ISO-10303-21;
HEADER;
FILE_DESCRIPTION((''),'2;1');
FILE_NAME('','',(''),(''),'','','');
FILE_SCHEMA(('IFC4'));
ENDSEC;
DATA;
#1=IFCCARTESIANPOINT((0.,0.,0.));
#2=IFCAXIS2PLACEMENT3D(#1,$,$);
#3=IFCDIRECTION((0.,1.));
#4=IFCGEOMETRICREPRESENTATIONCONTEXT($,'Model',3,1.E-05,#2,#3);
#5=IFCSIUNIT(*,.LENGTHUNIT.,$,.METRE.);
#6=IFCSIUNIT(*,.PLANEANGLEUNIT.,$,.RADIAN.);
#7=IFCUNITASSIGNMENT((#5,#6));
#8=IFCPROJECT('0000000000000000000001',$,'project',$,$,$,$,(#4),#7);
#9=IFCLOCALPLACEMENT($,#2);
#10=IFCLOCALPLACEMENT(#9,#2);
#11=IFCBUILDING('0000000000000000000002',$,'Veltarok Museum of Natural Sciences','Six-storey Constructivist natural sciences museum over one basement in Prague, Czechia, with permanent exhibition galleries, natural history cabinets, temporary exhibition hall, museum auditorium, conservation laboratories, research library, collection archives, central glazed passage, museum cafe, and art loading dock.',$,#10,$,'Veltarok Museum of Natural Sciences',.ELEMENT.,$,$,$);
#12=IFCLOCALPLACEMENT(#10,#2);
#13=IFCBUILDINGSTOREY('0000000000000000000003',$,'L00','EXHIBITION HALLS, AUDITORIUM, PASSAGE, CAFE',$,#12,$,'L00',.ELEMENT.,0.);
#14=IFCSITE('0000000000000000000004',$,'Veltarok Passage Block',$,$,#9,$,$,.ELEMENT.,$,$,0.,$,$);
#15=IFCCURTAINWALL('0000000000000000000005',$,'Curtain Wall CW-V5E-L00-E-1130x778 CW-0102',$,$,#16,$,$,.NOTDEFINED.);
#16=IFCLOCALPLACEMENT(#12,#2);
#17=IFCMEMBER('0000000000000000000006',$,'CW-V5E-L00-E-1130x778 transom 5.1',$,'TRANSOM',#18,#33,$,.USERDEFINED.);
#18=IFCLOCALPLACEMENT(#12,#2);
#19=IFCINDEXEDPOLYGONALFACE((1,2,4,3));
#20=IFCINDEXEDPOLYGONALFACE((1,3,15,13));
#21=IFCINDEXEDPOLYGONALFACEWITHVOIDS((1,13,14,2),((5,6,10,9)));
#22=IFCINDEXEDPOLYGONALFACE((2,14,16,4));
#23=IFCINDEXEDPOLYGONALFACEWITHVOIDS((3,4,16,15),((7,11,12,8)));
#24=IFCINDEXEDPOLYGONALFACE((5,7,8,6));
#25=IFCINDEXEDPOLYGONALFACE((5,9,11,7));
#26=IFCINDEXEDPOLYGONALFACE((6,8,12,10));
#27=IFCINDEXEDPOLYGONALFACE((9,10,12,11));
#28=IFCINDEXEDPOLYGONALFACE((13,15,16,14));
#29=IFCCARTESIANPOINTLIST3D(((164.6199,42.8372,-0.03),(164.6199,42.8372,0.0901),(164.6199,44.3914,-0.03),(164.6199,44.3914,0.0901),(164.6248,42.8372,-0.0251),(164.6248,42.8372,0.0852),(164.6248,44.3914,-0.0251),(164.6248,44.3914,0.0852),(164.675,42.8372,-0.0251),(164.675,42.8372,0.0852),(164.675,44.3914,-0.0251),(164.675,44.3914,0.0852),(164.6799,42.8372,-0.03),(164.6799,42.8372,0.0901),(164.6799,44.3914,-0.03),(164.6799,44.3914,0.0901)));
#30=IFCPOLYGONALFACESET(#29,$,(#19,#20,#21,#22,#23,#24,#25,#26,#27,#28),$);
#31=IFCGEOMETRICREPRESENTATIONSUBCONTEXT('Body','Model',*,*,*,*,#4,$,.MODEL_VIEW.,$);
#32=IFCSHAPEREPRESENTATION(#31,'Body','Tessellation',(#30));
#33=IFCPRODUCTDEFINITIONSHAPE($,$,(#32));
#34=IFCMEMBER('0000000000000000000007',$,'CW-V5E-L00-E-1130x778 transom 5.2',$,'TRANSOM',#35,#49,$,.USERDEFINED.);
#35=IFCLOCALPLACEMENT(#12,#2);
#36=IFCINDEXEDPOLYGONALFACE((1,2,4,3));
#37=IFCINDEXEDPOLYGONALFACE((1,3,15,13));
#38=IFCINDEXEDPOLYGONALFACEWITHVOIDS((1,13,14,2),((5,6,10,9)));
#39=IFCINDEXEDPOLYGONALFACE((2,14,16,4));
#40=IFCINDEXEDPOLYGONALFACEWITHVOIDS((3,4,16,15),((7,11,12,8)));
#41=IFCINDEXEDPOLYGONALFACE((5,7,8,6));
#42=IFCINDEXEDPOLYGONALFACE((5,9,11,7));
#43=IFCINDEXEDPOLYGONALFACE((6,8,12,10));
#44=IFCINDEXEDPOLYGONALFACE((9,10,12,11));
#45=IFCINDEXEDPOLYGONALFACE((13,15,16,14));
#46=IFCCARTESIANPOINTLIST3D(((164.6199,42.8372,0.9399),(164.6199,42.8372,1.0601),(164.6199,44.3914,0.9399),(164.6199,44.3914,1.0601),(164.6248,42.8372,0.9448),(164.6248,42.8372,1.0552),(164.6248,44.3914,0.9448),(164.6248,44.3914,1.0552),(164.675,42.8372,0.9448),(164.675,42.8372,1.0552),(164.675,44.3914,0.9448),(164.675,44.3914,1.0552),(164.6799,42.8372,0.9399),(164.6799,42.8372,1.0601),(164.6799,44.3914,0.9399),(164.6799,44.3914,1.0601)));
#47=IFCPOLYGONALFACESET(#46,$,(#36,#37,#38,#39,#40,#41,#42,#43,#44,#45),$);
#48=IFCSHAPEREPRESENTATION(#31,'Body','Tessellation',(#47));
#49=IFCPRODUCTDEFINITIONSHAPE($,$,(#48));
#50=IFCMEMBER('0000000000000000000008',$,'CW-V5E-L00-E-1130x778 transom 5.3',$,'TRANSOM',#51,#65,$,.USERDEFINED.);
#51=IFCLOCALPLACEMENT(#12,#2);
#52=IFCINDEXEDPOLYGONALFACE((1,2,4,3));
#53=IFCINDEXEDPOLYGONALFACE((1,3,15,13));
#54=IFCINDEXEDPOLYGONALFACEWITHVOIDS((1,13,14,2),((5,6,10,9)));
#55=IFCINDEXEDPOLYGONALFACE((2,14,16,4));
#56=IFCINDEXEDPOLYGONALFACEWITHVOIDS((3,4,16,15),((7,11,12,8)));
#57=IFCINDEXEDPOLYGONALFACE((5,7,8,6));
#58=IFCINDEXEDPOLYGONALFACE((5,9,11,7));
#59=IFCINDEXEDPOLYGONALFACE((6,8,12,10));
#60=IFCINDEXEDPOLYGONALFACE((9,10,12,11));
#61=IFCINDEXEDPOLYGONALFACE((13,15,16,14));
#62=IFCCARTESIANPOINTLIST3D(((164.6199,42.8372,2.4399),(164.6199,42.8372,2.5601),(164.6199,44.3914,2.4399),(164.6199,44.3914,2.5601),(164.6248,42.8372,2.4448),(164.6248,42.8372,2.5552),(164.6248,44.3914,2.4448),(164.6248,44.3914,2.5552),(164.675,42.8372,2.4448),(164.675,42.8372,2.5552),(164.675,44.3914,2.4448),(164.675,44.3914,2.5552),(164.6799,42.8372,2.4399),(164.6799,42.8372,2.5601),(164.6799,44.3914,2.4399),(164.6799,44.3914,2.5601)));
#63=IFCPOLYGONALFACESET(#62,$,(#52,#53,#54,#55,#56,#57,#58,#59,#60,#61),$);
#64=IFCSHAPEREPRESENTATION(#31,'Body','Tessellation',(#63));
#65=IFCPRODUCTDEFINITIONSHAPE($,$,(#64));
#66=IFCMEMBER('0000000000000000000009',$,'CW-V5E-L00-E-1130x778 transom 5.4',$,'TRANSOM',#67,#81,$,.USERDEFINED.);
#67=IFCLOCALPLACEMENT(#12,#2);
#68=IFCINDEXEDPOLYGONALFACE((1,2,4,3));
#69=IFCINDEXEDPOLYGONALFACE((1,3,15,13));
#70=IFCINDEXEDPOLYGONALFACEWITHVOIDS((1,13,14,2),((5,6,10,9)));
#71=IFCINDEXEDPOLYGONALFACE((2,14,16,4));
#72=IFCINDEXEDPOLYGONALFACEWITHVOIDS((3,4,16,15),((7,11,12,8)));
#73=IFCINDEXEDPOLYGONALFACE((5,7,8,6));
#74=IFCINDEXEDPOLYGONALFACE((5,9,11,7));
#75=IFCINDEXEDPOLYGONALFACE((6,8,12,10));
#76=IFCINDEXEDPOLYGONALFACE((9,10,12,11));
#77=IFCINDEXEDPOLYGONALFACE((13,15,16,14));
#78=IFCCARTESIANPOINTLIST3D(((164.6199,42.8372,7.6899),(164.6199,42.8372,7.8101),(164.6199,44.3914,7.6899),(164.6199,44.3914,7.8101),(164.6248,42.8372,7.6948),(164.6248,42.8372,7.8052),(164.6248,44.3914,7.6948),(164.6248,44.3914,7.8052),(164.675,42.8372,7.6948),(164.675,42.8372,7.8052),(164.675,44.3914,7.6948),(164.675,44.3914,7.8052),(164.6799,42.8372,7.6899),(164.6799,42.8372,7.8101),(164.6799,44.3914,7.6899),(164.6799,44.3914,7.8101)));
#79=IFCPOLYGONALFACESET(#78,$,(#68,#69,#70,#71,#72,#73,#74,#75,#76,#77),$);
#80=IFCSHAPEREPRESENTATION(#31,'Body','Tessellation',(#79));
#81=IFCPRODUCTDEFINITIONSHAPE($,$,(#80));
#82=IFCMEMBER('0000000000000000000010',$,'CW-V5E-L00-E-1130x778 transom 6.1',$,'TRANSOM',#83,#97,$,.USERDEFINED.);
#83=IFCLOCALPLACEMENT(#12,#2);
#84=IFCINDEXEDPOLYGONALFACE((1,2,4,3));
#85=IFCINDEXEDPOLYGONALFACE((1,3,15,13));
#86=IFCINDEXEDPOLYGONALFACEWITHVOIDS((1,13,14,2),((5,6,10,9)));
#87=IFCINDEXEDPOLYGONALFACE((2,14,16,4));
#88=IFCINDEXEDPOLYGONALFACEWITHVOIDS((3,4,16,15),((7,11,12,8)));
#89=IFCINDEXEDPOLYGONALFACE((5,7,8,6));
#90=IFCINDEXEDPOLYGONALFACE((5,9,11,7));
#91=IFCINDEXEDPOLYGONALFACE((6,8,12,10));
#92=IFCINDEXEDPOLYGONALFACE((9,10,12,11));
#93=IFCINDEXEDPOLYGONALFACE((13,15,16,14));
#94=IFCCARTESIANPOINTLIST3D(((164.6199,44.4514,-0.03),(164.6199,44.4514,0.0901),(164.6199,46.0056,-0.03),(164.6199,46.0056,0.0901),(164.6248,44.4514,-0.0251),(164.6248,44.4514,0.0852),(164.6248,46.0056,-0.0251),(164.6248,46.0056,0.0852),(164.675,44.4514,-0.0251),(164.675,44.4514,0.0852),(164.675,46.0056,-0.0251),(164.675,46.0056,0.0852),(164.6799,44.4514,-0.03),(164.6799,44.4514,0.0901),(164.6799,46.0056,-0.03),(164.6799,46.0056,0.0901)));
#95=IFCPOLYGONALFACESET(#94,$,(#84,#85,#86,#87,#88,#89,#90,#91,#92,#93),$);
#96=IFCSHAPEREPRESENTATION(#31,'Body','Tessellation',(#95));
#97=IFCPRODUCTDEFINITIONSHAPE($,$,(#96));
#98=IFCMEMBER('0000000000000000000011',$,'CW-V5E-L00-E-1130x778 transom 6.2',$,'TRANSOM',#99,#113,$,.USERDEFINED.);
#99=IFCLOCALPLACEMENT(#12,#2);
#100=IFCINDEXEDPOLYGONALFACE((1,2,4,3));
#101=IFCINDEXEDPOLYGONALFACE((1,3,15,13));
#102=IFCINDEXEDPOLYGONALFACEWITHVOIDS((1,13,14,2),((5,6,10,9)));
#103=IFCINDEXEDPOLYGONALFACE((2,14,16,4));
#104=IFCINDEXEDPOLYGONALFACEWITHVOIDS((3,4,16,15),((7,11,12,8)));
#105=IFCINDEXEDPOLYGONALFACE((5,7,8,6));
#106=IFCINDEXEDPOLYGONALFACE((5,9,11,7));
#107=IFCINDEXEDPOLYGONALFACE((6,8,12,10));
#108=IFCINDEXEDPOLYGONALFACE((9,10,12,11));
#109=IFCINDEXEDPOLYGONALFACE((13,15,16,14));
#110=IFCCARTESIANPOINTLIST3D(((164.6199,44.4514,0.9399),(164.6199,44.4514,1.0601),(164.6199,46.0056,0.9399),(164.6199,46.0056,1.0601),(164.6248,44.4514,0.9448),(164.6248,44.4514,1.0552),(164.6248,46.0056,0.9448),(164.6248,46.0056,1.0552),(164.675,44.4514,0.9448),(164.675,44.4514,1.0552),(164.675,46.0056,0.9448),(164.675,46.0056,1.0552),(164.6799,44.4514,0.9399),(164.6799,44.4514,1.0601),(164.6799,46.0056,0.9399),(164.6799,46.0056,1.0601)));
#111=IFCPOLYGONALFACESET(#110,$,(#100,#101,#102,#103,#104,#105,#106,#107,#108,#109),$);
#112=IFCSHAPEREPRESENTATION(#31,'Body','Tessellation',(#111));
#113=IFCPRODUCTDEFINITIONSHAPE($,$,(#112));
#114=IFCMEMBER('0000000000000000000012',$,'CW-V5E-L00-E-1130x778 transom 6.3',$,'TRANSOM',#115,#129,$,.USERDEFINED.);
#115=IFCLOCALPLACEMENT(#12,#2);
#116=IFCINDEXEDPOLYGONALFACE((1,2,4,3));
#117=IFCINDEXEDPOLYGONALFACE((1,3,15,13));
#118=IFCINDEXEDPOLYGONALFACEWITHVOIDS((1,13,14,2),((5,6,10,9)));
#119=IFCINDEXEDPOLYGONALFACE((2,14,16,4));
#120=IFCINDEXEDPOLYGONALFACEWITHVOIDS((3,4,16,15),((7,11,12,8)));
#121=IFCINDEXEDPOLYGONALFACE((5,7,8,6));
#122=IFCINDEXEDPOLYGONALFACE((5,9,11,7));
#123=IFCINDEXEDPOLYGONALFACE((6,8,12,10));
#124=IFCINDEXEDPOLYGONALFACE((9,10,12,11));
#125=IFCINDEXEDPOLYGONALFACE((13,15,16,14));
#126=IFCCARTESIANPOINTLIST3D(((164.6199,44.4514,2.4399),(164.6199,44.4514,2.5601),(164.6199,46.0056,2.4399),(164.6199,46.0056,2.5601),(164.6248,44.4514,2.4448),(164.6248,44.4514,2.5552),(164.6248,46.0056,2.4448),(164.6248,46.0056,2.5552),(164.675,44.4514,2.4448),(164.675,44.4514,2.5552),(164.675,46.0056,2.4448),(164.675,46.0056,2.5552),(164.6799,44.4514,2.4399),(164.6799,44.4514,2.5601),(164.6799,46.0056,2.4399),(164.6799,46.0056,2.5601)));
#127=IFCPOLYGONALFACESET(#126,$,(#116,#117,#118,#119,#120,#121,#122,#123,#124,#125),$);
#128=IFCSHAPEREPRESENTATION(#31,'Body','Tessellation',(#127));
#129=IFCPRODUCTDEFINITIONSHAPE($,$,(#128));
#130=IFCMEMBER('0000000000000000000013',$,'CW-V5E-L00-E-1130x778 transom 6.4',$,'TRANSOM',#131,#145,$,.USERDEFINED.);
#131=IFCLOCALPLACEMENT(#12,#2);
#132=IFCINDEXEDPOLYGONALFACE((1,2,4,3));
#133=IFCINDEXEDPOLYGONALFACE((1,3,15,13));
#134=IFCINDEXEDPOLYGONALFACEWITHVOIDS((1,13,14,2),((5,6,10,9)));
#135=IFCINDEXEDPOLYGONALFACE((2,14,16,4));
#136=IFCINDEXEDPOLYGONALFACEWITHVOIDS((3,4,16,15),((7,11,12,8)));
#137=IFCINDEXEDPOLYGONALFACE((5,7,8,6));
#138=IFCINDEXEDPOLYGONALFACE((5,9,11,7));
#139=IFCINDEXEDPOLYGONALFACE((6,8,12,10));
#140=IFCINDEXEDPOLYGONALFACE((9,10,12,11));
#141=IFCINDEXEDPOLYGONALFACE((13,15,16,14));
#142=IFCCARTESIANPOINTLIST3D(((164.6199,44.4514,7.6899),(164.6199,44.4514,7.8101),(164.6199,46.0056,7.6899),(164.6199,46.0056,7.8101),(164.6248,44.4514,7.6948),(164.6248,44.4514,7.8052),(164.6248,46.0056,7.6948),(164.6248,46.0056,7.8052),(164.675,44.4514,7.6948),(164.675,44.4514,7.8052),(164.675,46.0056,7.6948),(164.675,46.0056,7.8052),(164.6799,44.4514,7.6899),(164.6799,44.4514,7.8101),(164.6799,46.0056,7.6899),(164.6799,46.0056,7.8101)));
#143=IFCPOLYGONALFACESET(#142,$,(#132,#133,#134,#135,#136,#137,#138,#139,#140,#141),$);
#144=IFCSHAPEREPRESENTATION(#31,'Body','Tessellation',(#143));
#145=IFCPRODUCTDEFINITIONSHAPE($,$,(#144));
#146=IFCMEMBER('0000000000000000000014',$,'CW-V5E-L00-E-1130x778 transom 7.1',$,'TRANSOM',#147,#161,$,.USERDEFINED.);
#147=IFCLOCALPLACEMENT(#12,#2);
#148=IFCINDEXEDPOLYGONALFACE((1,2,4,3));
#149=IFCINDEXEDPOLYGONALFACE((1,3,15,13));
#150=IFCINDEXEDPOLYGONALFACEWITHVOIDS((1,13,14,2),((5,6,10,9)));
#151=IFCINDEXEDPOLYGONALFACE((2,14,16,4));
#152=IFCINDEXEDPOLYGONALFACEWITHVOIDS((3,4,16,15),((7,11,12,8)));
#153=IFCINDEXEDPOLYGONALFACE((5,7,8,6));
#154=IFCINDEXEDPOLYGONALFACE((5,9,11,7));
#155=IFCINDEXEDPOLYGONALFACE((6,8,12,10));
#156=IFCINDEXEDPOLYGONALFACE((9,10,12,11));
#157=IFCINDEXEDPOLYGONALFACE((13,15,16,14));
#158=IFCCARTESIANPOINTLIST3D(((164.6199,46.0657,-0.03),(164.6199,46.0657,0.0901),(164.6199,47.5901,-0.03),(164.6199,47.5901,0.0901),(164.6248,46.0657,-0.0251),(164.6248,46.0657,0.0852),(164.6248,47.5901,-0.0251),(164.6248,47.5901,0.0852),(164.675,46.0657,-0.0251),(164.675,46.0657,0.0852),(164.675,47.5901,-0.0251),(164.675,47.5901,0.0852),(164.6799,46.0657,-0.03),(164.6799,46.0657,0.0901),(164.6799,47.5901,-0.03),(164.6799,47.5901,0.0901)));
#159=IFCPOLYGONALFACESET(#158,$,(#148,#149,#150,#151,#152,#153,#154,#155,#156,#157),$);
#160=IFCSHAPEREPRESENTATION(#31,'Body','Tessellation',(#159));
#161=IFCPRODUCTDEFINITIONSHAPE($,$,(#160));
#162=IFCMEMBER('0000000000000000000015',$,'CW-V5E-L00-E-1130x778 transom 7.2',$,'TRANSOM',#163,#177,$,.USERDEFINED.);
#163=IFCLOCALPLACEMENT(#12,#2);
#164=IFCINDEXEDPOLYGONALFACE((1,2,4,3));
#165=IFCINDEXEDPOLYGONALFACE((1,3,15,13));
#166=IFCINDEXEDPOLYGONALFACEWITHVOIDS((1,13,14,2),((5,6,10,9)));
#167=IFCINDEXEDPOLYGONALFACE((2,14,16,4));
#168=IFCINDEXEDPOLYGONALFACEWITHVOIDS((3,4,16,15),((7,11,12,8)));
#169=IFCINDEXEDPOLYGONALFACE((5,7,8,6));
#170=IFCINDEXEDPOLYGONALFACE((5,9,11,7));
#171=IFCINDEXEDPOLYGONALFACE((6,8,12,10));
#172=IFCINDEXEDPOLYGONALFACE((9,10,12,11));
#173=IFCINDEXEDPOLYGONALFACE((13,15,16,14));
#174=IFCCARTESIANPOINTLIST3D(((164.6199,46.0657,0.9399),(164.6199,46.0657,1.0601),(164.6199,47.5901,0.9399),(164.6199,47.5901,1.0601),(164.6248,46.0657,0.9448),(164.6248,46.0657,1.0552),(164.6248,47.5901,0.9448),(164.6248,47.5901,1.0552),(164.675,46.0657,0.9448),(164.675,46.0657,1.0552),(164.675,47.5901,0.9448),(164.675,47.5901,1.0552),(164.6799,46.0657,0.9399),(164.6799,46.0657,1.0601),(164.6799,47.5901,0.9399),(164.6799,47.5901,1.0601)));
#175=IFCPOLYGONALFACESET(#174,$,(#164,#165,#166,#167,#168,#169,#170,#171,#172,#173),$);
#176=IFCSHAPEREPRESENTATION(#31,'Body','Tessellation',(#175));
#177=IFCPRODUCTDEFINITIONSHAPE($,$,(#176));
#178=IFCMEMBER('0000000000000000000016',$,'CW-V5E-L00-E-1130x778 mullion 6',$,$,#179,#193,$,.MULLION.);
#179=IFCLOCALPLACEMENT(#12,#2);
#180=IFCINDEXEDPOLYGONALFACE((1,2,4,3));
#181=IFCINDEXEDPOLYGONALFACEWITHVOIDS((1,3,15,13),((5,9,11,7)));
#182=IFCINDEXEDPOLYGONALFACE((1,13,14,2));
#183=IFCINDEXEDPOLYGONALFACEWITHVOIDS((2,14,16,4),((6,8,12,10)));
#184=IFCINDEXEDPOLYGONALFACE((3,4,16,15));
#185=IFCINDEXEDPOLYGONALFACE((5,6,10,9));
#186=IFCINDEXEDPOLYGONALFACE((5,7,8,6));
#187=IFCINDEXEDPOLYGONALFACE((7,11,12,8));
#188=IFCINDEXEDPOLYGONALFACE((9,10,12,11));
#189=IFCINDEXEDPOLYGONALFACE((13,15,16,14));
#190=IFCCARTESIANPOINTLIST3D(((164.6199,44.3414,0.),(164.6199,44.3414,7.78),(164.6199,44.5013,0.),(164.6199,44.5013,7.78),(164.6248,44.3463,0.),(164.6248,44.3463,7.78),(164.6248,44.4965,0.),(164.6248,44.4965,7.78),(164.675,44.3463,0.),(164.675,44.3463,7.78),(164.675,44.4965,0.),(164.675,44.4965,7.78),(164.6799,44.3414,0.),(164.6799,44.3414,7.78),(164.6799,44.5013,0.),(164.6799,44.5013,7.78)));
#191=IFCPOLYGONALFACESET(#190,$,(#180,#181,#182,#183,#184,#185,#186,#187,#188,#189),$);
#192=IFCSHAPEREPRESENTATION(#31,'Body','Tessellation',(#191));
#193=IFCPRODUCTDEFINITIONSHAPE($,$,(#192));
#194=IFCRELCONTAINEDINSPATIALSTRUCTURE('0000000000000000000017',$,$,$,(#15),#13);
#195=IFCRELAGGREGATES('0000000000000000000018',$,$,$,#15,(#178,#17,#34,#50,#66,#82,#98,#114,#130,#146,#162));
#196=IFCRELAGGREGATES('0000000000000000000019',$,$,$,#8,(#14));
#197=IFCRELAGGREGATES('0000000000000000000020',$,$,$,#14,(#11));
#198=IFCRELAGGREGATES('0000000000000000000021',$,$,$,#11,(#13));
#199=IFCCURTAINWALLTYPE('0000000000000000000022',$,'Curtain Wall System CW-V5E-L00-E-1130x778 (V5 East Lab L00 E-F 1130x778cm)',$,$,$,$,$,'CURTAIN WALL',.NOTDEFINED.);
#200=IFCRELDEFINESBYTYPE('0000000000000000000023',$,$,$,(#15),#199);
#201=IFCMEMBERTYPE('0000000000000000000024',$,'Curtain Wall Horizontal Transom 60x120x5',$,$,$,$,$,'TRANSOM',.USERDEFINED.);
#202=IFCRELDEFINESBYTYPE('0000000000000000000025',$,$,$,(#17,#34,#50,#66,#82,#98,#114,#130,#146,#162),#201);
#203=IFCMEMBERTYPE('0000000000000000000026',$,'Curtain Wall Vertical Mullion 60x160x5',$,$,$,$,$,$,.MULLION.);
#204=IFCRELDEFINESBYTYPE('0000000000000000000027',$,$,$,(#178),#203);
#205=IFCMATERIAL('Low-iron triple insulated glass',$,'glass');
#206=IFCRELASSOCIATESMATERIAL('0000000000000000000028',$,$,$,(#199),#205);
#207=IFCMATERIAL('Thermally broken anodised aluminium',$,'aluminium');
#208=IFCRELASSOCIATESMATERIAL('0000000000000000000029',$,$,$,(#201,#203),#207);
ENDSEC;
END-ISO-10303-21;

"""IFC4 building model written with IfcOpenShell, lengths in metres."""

from ifc_helpers import new_model, si_unit, direction, frame, origin, origin_2d, place, context, subcontext, project, spatial, hollow_rectangle, extrude, material, material_profile, profile_set, type_object, element, aggregate, save


model = new_model("IFC4")

# Units and contexts
model_context = context("Model", 3, precision=1e-05, world=origin(), true_north=direction((0.0, 1.0)))
body_context = subcontext(model_context, "Body", "Model", "MODEL_VIEW")
ifc_project = project(units=[si_unit("LENGTHUNIT", "METRE"), si_unit("PLANEANGLEUNIT", "RADIAN")], contexts=[model_context])

# Site, building, storey
site_placement = place(None, origin())
site = spatial("IfcSite", under=ifc_project, at=site_placement, Name="Veltarok Passage Block", CompositionType="ELEMENT", RefElevation=0.0)
building_placement = place(site_placement, origin())
building = spatial("IfcBuilding", under=site, at=building_placement, Name="Veltarok Museum of Natural Sciences", Description="Six-storey Constructivist natural sciences museum over one basement in Prague, Czechia, with permanent exhibition galleries, natural history cabinets, temporary exhibition hall, museum auditorium, conservation laboratories, research library, collection archives, central glazed passage, museum cafe, and art loading dock.", LongName="Veltarok Museum of Natural Sciences", CompositionType="ELEMENT")
storey_placement = place(building_placement, origin())
storey = spatial("IfcBuildingStorey", under=building, at=storey_placement, Name="L00", Description="EXHIBITION HALLS, AUDITORIUM, PASSAGE, CAFE", LongName="L00", CompositionType="ELEMENT", Elevation=0.0)

# Curtain wall, members
ifc_material_1 = material(Name="Low-iron triple insulated glass", Category="glass")
curtain_wall_type = type_object("IfcCurtainWallType", Name="Curtain Wall System CW-V5E-L00-E-1130x778 (V5 East Lab L00 E-F 1130x778cm)", ElementType="CURTAIN WALL", PredefinedType="NOTDEFINED", material=ifc_material_1)
curtain_wall_placement = place(storey_placement, origin())
curtain_wall = element("IfcCurtainWall", 1, at=curtain_wall_placement, inside=storey, type_object=curtain_wall_type, Name="Curtain Wall CW-V5E-L00-E-1130x778 CW-0102", PredefinedType="NOTDEFINED")
ifc_material_2 = material(Name="Thermally broken anodised aluminium", Category="aluminium")
ifc_material_profile_1 = material_profile(ifc_material_2, hollow_rectangle(XDim=0.0601, YDim=0.1201, WallThickness=0.0049, at=origin_2d()), Name="CW TRANSOM 60x120x5")
ifc_profile_set_1 = profile_set([ifc_material_profile_1], Name="Thermally broken anodised aluminium")
member_type_1 = type_object("IfcMemberType", Name="Curtain Wall Horizontal Transom 60x120x5", ElementType="TRANSOM", PredefinedType="USERDEFINED", material=ifc_profile_set_1)
member_1_placement = place(storey_placement, frame((164.6499, 42.8372, 0.03), z_axis=(0.0, 1.0, 0.0), x_axis=(-1.0, 0.0, 0.0)))
member_1 = element("IfcMember", 2, at=member_1_placement, type_object=member_type_1, Name="CW-V5E-L00-E-1130x778 transom 5.1", ObjectType="TRANSOM", PredefinedType="USERDEFINED", context=body_context, shape_type="SweptSolid", body=[
    extrude(hollow_rectangle(XDim=0.0601, YDim=0.1201, WallThickness=0.0049, at=origin_2d()), origin(), (0.0, 0.0, 1.0), 1.5542),
])
member_2_placement = place(storey_placement, frame((164.6499, 42.8372, 1.0), z_axis=(0.0, 1.0, 0.0), x_axis=(-1.0, 0.0, 0.0)))
member_2 = element("IfcMember", 3, at=member_2_placement, type_object=member_type_1, Name="CW-V5E-L00-E-1130x778 transom 5.2", ObjectType="TRANSOM", PredefinedType="USERDEFINED", context=body_context, shape_type="SweptSolid", body=[
    extrude(hollow_rectangle(XDim=0.0601, YDim=0.1201, WallThickness=0.0049, at=origin_2d()), origin(), (0.0, 0.0, 1.0), 1.5542),
])
member_3_placement = place(storey_placement, frame((164.6499, 42.8372, 2.5), z_axis=(0.0, 1.0, 0.0), x_axis=(-1.0, 0.0, 0.0)))
member_3 = element("IfcMember", 4, at=member_3_placement, type_object=member_type_1, Name="CW-V5E-L00-E-1130x778 transom 5.3", ObjectType="TRANSOM", PredefinedType="USERDEFINED", context=body_context, shape_type="SweptSolid", body=[
    extrude(hollow_rectangle(XDim=0.0601, YDim=0.1201, WallThickness=0.0049, at=origin_2d()), origin(), (0.0, 0.0, 1.0), 1.5542),
])
member_4_placement = place(storey_placement, frame((164.6499, 42.8372, 7.75), z_axis=(0.0, 1.0, 0.0), x_axis=(-1.0, 0.0, 0.0)))
member_4 = element("IfcMember", 5, at=member_4_placement, type_object=member_type_1, Name="CW-V5E-L00-E-1130x778 transom 5.4", ObjectType="TRANSOM", PredefinedType="USERDEFINED", context=body_context, shape_type="SweptSolid", body=[
    extrude(hollow_rectangle(XDim=0.0601, YDim=0.1201, WallThickness=0.0049, at=origin_2d()), origin(), (0.0, 0.0, 1.0), 1.5542),
])
member_5_placement = place(storey_placement, frame((164.6499, 44.4514, 0.03), z_axis=(0.0, 1.0, 0.0), x_axis=(-1.0, 0.0, 0.0)))
member_5 = element("IfcMember", 6, at=member_5_placement, type_object=member_type_1, Name="CW-V5E-L00-E-1130x778 transom 6.1", ObjectType="TRANSOM", PredefinedType="USERDEFINED", context=body_context, shape_type="SweptSolid", body=[
    extrude(hollow_rectangle(XDim=0.0601, YDim=0.1201, WallThickness=0.0049, at=origin_2d()), origin(), (0.0, 0.0, 1.0), 1.5542),
])
member_6_placement = place(storey_placement, frame((164.6499, 44.4514, 1.0), z_axis=(0.0, 1.0, 0.0), x_axis=(-1.0, 0.0, 0.0)))
member_6 = element("IfcMember", 7, at=member_6_placement, type_object=member_type_1, Name="CW-V5E-L00-E-1130x778 transom 6.2", ObjectType="TRANSOM", PredefinedType="USERDEFINED", context=body_context, shape_type="SweptSolid", body=[
    extrude(hollow_rectangle(XDim=0.0601, YDim=0.1201, WallThickness=0.0049, at=origin_2d()), origin(), (0.0, 0.0, 1.0), 1.5542),
])
member_7_placement = place(storey_placement, frame((164.6499, 44.4514, 2.5), z_axis=(0.0, 1.0, 0.0), x_axis=(-1.0, 0.0, 0.0)))
member_7 = element("IfcMember", 8, at=member_7_placement, type_object=member_type_1, Name="CW-V5E-L00-E-1130x778 transom 6.3", ObjectType="TRANSOM", PredefinedType="USERDEFINED", context=body_context, shape_type="SweptSolid", body=[
    extrude(hollow_rectangle(XDim=0.0601, YDim=0.1201, WallThickness=0.0049, at=origin_2d()), origin(), (0.0, 0.0, 1.0), 1.5542),
])
member_8_placement = place(storey_placement, frame((164.6499, 44.4514, 7.75), z_axis=(0.0, 1.0, 0.0), x_axis=(-1.0, 0.0, 0.0)))
member_8 = element("IfcMember", 9, at=member_8_placement, type_object=member_type_1, Name="CW-V5E-L00-E-1130x778 transom 6.4", ObjectType="TRANSOM", PredefinedType="USERDEFINED", context=body_context, shape_type="SweptSolid", body=[
    extrude(hollow_rectangle(XDim=0.0601, YDim=0.1201, WallThickness=0.0049, at=origin_2d()), origin(), (0.0, 0.0, 1.0), 1.5542),
])
member_9_placement = place(storey_placement, frame((164.6499, 46.0657, 0.03), z_axis=(0.0, 1.0, 0.0), x_axis=(-1.0, 0.0, 0.0)))
member_9 = element("IfcMember", 10, at=member_9_placement, type_object=member_type_1, Name="CW-V5E-L00-E-1130x778 transom 7.1", ObjectType="TRANSOM", PredefinedType="USERDEFINED", context=body_context, shape_type="SweptSolid", body=[
    extrude(hollow_rectangle(XDim=0.0601, YDim=0.1201, WallThickness=0.0049, at=origin_2d()), origin(), (0.0, 0.0, 1.0), 1.5244),
])
member_10_placement = place(storey_placement, frame((164.6499, 46.0657, 1.0), z_axis=(0.0, 1.0, 0.0), x_axis=(-1.0, 0.0, 0.0)))
member_10 = element("IfcMember", 11, at=member_10_placement, type_object=member_type_1, Name="CW-V5E-L00-E-1130x778 transom 7.2", ObjectType="TRANSOM", PredefinedType="USERDEFINED", context=body_context, shape_type="SweptSolid", body=[
    extrude(hollow_rectangle(XDim=0.0601, YDim=0.1201, WallThickness=0.0049, at=origin_2d()), origin(), (0.0, 0.0, 1.0), 1.5244),
])
ifc_material_profile_2 = material_profile(ifc_material_2, hollow_rectangle(XDim=0.0601, YDim=0.1599, WallThickness=0.0049, at=origin_2d()), Name="CW MULLION 60x160x5")
ifc_profile_set_2 = profile_set([ifc_material_profile_2], Name="Thermally broken anodised aluminium")
member_type_2 = type_object("IfcMemberType", Name="Curtain Wall Vertical Mullion 60x160x5", PredefinedType="MULLION", material=ifc_profile_set_2)
member_11_placement = place(storey_placement, frame((164.6499, 44.4214, 0.0), z_axis=(0.0, 0.0, 1.0), x_axis=(-1.0, 0.0, 0.0)))
member_11 = element("IfcMember", 12, at=member_11_placement, type_object=member_type_2, Name="CW-V5E-L00-E-1130x778 mullion 6", PredefinedType="MULLION", context=body_context, shape_type="SweptSolid", body=[
    extrude(hollow_rectangle(XDim=0.0601, YDim=0.1599, WallThickness=0.0049, at=origin_2d()), origin(), (0.0, 0.0, 1.0), 7.78),
])
aggregate(curtain_wall, [member_11, member_1, member_2, member_3, member_4, member_5, member_6, member_7, member_8, member_9, member_10])

save(model, "model.ifc")
